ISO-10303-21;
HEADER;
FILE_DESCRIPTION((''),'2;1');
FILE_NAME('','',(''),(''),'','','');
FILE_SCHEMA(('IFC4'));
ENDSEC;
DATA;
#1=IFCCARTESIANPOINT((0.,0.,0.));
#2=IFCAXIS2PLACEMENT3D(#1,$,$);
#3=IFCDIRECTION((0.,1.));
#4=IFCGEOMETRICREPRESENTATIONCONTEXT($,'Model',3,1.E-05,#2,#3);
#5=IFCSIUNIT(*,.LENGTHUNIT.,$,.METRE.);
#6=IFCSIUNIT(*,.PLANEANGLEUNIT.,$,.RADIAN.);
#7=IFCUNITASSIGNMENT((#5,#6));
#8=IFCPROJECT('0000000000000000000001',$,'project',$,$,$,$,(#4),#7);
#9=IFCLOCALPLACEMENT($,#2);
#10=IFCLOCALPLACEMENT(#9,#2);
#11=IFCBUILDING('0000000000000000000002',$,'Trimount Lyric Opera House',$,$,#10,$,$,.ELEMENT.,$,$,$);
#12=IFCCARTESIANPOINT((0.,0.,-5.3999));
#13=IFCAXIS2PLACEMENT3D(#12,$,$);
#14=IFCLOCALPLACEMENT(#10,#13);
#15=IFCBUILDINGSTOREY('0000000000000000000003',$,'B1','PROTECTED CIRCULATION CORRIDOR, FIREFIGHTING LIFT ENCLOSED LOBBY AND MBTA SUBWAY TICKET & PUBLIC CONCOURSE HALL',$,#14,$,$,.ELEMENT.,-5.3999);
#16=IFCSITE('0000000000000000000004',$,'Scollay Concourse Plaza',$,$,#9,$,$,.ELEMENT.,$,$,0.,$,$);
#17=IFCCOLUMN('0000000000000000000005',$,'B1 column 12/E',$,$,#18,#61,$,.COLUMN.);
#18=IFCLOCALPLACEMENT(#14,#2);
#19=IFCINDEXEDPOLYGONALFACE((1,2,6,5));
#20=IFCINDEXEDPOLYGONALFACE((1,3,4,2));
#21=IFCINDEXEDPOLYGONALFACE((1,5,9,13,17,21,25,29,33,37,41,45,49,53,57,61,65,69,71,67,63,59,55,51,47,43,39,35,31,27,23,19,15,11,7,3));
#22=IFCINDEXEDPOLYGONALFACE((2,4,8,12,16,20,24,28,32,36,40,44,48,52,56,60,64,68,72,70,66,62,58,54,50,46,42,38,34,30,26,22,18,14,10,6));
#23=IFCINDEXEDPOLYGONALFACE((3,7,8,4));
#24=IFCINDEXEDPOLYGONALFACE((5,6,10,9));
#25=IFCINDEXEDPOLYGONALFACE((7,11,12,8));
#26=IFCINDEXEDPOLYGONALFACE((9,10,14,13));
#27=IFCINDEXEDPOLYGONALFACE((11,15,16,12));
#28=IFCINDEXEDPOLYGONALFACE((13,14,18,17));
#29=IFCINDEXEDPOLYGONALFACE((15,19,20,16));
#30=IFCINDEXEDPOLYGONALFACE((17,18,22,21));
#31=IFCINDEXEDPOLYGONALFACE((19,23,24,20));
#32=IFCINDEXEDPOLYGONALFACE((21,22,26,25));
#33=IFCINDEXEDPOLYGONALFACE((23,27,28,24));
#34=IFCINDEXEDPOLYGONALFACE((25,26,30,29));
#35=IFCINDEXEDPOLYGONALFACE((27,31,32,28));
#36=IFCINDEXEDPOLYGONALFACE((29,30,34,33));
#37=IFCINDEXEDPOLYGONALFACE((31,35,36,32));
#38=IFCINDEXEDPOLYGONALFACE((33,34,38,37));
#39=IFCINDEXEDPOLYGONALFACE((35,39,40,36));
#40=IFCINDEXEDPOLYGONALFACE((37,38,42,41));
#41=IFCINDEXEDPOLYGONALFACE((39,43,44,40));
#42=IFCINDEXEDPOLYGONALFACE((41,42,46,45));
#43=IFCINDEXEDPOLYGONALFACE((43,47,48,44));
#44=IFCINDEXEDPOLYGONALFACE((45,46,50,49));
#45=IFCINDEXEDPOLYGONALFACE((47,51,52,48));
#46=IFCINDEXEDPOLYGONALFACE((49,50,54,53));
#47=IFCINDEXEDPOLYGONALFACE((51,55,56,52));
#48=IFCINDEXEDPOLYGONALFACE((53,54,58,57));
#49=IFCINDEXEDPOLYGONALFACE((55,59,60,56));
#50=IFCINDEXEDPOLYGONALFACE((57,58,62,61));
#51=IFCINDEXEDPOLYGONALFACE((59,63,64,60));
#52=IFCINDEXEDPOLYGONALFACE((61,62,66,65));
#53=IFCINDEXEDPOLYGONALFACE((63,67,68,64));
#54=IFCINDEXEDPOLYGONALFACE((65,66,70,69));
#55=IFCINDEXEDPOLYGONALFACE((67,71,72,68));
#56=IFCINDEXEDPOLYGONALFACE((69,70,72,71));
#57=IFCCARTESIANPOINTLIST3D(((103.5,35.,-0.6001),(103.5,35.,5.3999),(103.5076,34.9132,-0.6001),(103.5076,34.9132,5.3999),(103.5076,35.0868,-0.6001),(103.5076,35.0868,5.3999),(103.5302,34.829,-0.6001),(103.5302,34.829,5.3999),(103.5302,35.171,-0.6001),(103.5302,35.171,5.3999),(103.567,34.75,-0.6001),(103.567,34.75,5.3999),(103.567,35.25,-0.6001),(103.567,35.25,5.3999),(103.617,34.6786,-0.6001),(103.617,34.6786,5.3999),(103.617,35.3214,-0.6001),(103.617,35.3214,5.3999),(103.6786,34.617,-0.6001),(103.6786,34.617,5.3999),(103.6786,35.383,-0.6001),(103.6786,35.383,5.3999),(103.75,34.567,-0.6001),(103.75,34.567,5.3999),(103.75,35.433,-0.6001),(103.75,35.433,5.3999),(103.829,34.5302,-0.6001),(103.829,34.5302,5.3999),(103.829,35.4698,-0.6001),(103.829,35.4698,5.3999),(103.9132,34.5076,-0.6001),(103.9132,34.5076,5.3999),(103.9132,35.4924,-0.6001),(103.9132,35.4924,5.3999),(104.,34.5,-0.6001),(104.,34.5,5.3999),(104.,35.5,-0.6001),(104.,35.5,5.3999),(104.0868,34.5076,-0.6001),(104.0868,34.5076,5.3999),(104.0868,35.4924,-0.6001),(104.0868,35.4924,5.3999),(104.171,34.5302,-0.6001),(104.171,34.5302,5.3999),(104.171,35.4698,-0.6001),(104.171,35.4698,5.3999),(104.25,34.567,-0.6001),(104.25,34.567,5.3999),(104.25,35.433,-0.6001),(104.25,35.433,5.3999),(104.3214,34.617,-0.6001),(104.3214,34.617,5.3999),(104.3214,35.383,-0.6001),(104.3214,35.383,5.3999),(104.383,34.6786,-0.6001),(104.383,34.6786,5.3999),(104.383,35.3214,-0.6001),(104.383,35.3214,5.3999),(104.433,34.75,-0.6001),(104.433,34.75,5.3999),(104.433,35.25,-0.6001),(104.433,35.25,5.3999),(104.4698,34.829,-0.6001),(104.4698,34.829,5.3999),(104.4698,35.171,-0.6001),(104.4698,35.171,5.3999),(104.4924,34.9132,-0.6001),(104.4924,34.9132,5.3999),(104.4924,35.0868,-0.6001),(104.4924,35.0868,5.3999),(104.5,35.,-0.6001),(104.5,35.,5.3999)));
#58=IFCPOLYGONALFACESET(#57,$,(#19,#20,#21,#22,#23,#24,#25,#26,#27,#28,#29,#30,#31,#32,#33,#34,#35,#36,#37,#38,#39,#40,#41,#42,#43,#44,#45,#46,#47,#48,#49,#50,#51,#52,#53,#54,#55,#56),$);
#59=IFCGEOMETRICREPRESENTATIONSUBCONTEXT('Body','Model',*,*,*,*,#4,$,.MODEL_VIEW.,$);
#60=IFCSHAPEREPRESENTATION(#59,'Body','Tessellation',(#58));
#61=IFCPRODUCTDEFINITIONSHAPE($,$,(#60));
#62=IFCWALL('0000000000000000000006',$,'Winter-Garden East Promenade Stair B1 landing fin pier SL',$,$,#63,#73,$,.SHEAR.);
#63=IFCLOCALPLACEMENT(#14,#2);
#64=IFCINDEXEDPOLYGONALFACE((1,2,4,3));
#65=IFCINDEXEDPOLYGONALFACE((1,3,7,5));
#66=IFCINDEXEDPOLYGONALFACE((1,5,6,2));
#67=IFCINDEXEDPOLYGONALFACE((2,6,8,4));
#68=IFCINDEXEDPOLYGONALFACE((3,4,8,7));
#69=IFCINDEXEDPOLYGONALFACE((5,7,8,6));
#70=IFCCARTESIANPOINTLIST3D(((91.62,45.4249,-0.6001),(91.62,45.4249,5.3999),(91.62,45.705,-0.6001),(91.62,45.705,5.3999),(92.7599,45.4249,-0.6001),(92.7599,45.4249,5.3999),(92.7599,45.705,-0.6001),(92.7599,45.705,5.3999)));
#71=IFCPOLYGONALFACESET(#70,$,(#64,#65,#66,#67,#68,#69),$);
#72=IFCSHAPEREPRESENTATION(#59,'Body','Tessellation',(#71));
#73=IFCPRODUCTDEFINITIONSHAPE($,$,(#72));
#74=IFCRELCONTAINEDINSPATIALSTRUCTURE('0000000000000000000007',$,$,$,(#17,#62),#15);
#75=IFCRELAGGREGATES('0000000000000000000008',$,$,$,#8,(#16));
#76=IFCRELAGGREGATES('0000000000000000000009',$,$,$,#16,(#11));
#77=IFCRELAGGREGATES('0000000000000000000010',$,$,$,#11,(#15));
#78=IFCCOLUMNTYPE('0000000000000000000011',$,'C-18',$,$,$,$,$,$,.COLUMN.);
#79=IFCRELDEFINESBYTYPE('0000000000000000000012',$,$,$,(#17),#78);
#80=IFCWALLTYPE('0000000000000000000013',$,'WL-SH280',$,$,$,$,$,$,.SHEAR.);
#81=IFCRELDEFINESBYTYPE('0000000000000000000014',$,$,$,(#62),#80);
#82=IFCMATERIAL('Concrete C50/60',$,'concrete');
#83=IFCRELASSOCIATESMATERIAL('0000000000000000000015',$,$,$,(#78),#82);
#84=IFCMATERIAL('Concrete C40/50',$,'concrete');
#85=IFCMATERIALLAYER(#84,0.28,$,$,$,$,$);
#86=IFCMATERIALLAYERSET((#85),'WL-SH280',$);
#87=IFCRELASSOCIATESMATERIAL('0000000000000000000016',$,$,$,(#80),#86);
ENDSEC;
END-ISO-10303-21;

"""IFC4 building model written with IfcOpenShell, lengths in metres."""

from ifc_helpers import new_model, si_unit, direction, frame, frame_2d, origin, origin_2d, place, context, subcontext, project, spatial, rectangle, circle, extrude, material, layer, layer_set, material_profile, profile_set, type_object, element, save


model = new_model("IFC4")

# Units and contexts
model_context = context("Model", 3, precision=1e-05, world=origin(), true_north=direction((0.0, 1.0)))
body_context = subcontext(model_context, "Body", "Model", "MODEL_VIEW")
ifc_project = project(units=[si_unit("LENGTHUNIT", "METRE"), si_unit("PLANEANGLEUNIT", "RADIAN")], contexts=[model_context])

# Site, building, storey
site_placement = place(None, origin())
site = spatial("IfcSite", under=ifc_project, at=site_placement, Name="Scollay Concourse Plaza", CompositionType="ELEMENT", RefElevation=0.0)
building_placement = place(site_placement, origin())
building = spatial("IfcBuilding", under=site, at=building_placement, Name="Trimount Lyric Opera House", CompositionType="ELEMENT")
storey_placement = place(building_placement, frame((0.0, 0.0, -5.3999)))
storey = spatial("IfcBuildingStorey", under=building, at=storey_placement, Name="B1", Description="PROTECTED CIRCULATION CORRIDOR, FIREFIGHTING LIFT ENCLOSED LOBBY AND MBTA SUBWAY TICKET & PUBLIC CONCOURSE HALL", CompositionType="ELEMENT", Elevation=-5.3999)

# Column
ifc_material_1 = material(Name="Concrete C50/60", Category="concrete")
ifc_material_profile_1 = material_profile(ifc_material_1, circle(Radius=0.5, at=origin_2d()), Name="RC-D1000")
ifc_profile_set_1 = profile_set([ifc_material_profile_1], Name="Concrete C50/60")
column_type_1 = type_object("IfcColumnType", Name="C-18", PredefinedType="COLUMN", material=ifc_profile_set_1)
for number, where, z_axis, x_axis, name in (
    (1, (104.0, 35.0, -0.6001), (0.0, 0.0, 1.0), (1.0, 0.0, 0.0), "B1 column 12/E"),
):
    element("IfcColumn", number, at=place(storey_placement, frame(where, z_axis=z_axis, x_axis=x_axis)), inside=storey, type_object=column_type_1, Name=name, PredefinedType="COLUMN", context=body_context, shape_type="SweptSolid", body=[
        extrude(circle(Radius=0.5, at=origin_2d()), origin(), (0.0, 0.0, 1.0), 6.0),
    ])

# Wall
ifc_material_2 = material(Name="Concrete C40/50", Category="concrete")
ifc_layer = layer(ifc_material_2, 0.28)
ifc_layer_set = layer_set([ifc_layer], Name="WL-SH280")
wall_type = type_object("IfcWallType", Name="WL-SH280", PredefinedType="SHEAR", material=ifc_layer_set)
wall_placement = place(storey_placement, frame((91.6201, 45.5649, -0.6001), z_axis=(0.0, 0.0, 1.0), x_axis=(1.0, 0.0, 0.0)))
element("IfcWall", 2, at=wall_placement, inside=storey, type_object=wall_type, Name="Winter-Garden East Promenade Stair B1 landing fin pier SL", PredefinedType="SHEAR", context=body_context, shape_type="SweptSolid", body=[
    extrude(rectangle(XDim=1.1399, YDim=0.28, at=frame_2d((0.5698, 0.0))), origin(), (0.0, 0.0, 1.0), 6.0),
])

save(model, "model.ifc")
